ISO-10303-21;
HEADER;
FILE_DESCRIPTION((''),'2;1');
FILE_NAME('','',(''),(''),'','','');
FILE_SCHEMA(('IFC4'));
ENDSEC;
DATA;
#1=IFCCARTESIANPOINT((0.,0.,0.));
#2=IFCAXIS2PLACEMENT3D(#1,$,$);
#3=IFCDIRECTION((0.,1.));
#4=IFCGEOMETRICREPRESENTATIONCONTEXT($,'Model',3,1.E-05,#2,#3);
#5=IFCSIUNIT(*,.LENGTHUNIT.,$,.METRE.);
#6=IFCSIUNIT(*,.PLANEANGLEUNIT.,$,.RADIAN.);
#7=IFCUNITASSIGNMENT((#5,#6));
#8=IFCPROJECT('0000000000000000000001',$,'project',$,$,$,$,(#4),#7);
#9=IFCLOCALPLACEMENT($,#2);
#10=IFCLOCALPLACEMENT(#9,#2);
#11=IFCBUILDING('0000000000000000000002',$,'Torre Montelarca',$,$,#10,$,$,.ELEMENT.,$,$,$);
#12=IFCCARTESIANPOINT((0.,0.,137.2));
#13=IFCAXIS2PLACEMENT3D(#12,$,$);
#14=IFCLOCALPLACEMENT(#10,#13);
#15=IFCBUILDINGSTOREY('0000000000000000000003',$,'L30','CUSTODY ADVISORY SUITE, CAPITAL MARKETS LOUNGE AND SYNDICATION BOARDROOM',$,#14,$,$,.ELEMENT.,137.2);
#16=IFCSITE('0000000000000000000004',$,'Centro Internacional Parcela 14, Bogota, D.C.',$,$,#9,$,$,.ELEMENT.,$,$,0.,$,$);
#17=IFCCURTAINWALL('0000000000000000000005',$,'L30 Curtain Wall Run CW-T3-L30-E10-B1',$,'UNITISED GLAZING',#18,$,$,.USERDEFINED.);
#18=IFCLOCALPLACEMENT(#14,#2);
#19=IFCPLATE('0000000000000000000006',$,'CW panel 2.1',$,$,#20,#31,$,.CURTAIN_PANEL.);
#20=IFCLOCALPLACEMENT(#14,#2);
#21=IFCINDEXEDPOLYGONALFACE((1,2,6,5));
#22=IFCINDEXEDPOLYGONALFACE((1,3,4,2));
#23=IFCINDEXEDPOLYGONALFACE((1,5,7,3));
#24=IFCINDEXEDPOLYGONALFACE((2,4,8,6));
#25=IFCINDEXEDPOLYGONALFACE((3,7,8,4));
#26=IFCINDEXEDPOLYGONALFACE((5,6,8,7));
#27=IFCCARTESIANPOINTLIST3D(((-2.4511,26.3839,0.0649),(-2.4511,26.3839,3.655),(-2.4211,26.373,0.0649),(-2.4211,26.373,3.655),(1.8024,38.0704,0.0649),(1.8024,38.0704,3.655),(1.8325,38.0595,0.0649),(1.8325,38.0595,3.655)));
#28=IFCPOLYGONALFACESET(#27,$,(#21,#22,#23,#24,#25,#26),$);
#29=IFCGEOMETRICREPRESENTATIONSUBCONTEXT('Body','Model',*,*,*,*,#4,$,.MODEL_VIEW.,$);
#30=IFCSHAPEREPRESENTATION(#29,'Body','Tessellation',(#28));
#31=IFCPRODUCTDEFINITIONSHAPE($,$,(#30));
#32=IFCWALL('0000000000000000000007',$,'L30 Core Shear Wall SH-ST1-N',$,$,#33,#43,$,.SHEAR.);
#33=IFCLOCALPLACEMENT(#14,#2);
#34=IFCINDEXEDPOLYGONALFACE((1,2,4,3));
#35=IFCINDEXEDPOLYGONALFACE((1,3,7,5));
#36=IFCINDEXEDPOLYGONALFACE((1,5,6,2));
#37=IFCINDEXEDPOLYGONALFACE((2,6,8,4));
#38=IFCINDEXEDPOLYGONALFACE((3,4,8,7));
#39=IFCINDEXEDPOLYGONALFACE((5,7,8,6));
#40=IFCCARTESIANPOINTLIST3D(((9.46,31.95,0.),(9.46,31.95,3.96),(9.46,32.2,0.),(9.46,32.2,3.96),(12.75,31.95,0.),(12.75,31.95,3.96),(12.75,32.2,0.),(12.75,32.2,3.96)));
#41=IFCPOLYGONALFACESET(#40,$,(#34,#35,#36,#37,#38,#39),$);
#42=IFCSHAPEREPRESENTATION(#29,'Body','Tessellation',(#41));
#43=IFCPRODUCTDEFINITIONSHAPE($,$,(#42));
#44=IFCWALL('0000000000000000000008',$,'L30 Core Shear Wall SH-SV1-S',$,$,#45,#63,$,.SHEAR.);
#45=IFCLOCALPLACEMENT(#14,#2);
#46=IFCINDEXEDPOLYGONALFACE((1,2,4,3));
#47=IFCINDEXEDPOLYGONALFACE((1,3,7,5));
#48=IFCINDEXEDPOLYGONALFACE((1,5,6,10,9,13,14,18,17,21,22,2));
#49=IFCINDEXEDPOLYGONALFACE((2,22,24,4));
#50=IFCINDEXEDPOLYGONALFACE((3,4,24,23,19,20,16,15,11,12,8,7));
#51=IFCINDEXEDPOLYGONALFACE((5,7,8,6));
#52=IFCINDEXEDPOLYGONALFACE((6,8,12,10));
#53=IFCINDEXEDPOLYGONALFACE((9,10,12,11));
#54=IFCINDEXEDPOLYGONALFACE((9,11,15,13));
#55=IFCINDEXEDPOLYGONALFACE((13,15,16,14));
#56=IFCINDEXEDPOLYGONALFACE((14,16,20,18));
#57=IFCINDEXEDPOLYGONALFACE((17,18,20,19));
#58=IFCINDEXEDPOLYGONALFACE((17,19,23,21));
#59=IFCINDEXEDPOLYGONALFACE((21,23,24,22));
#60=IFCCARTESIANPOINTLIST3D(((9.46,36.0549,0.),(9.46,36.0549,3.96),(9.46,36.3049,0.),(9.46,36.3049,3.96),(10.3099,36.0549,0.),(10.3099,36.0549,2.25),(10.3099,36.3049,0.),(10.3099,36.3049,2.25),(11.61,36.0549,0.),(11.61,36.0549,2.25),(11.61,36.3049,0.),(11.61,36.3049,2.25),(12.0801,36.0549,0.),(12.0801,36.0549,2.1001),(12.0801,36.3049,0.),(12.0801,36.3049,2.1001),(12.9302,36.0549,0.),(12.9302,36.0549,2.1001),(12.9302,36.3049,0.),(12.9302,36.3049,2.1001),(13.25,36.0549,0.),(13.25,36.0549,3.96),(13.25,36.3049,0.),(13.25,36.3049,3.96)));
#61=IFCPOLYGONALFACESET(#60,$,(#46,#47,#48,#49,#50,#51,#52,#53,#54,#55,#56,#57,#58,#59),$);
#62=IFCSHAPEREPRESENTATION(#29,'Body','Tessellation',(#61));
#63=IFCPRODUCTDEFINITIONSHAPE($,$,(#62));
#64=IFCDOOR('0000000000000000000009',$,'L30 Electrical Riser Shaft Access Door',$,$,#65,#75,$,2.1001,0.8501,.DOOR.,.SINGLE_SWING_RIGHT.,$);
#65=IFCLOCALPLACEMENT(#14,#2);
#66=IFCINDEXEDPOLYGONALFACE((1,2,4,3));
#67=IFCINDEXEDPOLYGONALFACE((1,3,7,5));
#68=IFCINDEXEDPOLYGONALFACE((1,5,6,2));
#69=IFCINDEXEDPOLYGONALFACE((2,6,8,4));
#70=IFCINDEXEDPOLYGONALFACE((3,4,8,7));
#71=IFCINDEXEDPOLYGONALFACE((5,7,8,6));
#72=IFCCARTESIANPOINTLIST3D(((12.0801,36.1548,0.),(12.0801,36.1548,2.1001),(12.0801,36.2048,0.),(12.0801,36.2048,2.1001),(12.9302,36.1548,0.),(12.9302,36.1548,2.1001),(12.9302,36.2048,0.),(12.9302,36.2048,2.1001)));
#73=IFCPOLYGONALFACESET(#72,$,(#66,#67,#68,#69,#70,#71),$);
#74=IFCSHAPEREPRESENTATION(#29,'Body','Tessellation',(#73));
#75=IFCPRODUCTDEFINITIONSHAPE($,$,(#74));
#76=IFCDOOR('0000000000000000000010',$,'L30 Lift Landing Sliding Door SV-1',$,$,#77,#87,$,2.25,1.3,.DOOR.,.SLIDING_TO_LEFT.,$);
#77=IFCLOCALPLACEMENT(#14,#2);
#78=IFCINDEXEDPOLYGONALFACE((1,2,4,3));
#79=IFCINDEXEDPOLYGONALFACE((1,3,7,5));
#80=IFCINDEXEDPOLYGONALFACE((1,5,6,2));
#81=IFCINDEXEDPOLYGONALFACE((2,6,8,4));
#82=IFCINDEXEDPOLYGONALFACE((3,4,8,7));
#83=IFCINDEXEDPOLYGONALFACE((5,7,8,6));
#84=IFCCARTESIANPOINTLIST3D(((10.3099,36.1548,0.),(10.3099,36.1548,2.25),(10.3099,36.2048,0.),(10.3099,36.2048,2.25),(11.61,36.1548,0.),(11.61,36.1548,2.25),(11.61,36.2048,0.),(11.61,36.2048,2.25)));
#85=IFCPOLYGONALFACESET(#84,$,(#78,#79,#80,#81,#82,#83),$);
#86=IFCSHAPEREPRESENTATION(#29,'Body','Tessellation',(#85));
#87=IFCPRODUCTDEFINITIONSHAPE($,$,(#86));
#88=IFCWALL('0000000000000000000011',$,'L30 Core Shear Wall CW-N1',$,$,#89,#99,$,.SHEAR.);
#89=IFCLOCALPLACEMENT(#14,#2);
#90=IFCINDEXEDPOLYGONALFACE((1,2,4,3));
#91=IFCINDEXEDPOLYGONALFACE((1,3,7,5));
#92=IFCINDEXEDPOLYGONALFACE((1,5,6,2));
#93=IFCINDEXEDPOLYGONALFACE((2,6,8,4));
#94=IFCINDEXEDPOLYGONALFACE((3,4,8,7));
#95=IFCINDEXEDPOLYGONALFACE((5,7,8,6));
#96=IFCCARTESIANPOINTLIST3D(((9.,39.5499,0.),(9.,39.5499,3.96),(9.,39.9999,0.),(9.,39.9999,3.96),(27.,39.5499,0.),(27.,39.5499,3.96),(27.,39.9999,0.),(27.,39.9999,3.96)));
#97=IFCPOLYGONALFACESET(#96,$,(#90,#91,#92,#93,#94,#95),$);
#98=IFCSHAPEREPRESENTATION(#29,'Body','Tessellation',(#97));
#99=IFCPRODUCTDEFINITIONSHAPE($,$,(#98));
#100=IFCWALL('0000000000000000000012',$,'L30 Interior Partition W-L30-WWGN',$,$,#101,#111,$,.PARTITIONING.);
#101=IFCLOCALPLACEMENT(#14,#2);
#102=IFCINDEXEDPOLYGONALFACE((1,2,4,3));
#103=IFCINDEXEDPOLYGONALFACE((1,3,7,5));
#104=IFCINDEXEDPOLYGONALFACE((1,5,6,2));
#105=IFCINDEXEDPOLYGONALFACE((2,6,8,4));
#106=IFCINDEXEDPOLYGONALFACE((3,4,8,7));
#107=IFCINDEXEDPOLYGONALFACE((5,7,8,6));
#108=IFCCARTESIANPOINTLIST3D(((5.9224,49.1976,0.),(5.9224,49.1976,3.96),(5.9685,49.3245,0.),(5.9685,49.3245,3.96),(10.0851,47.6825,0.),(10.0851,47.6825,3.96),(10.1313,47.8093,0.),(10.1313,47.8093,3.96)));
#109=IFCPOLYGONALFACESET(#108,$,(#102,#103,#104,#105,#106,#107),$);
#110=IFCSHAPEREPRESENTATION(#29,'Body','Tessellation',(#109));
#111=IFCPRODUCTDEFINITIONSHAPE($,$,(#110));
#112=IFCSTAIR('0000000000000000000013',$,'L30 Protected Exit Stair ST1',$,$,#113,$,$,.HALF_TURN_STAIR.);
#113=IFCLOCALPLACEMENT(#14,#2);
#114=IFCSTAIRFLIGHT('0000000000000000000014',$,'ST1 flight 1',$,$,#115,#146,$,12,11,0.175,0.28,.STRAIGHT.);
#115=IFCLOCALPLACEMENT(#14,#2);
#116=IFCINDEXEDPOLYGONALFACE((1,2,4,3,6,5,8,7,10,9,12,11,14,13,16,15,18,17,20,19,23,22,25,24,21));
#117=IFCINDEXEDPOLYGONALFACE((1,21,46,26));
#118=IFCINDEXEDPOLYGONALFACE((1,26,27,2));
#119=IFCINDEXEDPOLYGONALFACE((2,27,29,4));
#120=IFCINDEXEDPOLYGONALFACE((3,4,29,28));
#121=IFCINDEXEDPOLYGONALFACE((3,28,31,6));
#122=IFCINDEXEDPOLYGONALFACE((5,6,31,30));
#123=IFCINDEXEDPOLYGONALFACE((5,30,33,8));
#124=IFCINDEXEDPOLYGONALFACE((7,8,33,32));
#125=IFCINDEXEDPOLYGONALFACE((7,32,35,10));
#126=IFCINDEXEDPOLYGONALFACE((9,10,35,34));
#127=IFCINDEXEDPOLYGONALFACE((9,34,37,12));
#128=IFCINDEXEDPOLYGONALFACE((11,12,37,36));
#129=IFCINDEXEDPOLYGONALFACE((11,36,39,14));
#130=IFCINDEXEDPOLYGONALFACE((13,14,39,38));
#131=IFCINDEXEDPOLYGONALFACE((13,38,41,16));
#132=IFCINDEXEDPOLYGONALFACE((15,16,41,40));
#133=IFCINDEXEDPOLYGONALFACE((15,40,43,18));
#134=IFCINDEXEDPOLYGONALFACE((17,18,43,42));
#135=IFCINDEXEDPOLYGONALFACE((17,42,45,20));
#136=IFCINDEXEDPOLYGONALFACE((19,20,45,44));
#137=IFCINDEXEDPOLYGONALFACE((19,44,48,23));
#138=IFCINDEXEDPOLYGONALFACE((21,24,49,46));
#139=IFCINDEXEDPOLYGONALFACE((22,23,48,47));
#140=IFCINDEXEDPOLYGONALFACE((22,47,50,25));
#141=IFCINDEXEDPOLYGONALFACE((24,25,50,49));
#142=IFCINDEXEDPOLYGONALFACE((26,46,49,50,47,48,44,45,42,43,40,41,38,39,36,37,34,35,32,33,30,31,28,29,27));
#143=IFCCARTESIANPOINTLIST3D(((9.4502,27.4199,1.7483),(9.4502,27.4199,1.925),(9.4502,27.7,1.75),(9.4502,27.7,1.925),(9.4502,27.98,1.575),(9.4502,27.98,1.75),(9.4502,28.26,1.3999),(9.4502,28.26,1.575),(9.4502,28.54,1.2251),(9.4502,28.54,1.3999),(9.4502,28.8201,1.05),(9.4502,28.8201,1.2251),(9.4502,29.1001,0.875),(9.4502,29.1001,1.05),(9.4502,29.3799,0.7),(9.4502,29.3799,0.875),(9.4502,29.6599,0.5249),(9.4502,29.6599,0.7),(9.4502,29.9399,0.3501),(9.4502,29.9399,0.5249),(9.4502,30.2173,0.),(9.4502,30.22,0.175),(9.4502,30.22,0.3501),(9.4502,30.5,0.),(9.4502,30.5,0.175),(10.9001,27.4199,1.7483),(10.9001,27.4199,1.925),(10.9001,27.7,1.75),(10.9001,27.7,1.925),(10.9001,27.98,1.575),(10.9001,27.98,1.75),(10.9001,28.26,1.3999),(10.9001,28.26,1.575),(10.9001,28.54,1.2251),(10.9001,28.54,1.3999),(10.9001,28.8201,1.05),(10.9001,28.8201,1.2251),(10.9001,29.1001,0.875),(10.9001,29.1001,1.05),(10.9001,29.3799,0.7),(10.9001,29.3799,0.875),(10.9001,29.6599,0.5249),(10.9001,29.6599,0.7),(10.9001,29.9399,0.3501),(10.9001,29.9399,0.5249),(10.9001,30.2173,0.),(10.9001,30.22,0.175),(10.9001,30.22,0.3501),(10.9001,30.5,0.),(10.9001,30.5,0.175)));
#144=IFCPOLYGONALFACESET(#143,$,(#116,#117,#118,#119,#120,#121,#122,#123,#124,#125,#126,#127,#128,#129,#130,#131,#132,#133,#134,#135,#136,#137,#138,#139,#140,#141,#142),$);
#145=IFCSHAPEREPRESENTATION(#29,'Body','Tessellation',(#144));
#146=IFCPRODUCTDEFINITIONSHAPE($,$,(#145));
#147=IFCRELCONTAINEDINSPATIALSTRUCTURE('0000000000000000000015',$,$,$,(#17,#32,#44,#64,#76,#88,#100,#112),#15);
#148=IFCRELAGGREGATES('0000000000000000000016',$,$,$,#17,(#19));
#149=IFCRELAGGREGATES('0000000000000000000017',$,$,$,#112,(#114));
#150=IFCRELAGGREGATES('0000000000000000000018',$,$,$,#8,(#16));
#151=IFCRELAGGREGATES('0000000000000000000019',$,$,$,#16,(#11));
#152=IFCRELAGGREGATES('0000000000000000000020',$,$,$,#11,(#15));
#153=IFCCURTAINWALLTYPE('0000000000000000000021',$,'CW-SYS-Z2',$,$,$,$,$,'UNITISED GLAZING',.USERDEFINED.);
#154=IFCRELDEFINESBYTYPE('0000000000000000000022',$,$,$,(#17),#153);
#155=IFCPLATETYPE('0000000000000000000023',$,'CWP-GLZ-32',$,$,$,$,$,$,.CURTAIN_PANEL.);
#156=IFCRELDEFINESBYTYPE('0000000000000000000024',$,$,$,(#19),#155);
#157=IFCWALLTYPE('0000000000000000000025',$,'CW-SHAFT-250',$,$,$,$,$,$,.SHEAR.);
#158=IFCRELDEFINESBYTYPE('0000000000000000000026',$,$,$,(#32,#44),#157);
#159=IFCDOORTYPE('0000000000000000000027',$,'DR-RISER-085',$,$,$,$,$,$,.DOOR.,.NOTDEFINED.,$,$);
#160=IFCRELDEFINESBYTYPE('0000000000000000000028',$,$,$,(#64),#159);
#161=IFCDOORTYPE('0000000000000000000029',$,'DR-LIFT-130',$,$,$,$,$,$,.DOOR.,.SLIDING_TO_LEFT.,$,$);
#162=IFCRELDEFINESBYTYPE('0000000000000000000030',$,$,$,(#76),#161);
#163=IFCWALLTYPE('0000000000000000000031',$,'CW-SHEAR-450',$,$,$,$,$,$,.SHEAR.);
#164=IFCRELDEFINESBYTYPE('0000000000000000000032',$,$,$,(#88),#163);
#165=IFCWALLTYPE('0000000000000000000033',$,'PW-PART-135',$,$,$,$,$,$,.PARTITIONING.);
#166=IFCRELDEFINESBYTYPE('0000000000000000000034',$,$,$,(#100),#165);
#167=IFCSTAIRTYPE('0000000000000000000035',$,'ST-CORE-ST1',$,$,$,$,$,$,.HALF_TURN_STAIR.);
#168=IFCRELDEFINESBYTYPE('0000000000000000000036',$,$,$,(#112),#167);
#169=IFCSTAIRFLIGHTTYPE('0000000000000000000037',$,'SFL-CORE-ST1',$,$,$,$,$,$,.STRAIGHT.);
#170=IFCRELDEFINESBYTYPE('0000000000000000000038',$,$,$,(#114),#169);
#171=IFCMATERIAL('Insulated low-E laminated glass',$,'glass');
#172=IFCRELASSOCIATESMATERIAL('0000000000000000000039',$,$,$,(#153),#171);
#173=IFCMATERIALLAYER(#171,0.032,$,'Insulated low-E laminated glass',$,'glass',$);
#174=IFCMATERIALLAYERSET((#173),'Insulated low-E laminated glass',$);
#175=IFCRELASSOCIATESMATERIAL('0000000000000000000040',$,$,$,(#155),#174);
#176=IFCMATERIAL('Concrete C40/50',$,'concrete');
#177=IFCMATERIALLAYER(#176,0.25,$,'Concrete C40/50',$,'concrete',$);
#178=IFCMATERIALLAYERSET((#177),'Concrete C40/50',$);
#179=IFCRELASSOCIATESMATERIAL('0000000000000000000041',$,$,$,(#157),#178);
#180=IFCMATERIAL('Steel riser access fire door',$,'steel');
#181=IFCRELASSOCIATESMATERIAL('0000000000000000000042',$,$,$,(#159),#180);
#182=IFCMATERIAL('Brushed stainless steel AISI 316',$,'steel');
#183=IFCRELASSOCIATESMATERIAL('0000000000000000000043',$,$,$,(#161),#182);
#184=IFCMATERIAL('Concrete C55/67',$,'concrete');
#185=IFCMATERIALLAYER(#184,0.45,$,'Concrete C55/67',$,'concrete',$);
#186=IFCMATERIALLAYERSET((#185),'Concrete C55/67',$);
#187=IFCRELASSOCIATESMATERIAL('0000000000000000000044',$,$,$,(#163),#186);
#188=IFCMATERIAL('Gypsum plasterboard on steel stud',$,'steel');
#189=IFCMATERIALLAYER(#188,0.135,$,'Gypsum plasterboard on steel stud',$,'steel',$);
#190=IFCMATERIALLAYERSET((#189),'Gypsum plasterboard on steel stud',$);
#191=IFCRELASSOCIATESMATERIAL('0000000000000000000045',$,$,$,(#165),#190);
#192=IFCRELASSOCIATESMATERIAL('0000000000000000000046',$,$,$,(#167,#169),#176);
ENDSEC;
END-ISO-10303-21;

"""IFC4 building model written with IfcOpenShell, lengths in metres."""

from ifc_helpers import new_model, si_unit, direction, frame, frame_2d, origin, origin_2d, place, context, subcontext, project, spatial, polyline, rectangle, outline, extrude, source, transform, mapped, material, layer, layer_set, type_object, element, fill, aggregate, save


model = new_model("IFC4")

# Units and contexts
model_context = context("Model", 3, precision=1e-05, world=origin(), true_north=direction((0.0, 1.0)))
body_context = subcontext(model_context, "Body", "Model", "MODEL_VIEW")
ifc_project = project(units=[si_unit("LENGTHUNIT", "METRE"), si_unit("PLANEANGLEUNIT", "RADIAN")], contexts=[model_context])

# Site, building, storey
site_placement = place(None, origin())
site = spatial("IfcSite", under=ifc_project, at=site_placement, Name="Centro Internacional Parcela 14, Bogota, D.C.", CompositionType="ELEMENT", RefElevation=0.0)
building_placement = place(site_placement, origin())
building = spatial("IfcBuilding", under=site, at=building_placement, Name="Torre Montelarca", CompositionType="ELEMENT")
storey_placement = place(building_placement, frame((0.0, 0.0, 137.2)))
storey = spatial("IfcBuildingStorey", under=building, at=storey_placement, Name="L30", Description="CUSTODY ADVISORY SUITE, CAPITAL MARKETS LOUNGE AND SYNDICATION BOARDROOM", CompositionType="ELEMENT", Elevation=137.2)

# Shared definitions
ifc_material_1 = material(Name="Concrete C55/67", Category="concrete")

# Curtain wall
ifc_material_2 = material(Name="Insulated low-E laminated glass", Category="glass")
curtain_wall_type = type_object("IfcCurtainWallType", Name="CW-SYS-Z2", ElementType="UNITISED GLAZING", PredefinedType="USERDEFINED", material=ifc_material_2)
curtain_wall_1_placement = place(storey_placement, origin())
curtain_wall_1 = element("IfcCurtainWall", 1, at=curtain_wall_1_placement, inside=storey, type_object=curtain_wall_type, Name="L30 Curtain Wall Run CW-T3-L30-E10-B1", ObjectType="UNITISED GLAZING", PredefinedType="USERDEFINED")

# Plate
ifc_layer_1 = layer(ifc_material_2, 0.032, Name="Insulated low-E laminated glass", Category="glass")
ifc_layer_set_1 = layer_set([ifc_layer_1], Name="Insulated low-E laminated glass")
plate_type_1 = type_object("IfcPlateType", Name="CWP-GLZ-32", PredefinedType="CURTAIN_PANEL", material=ifc_layer_set_1)
shared_shape_1 = source(origin(), body_context, "Body", "SweptSolid", [
    extrude(rectangle(XDim=12.4365, YDim=0.032, at=origin_2d()), origin(), (0.0, 0.0, 1.0), 3.5901),
])
plate_1_placement = place(storey_placement, frame((-0.3093, 32.2217, 0.0649), z_axis=(0.0, 0.0, 1.0), x_axis=(-0.342019, -0.939693, 0.0)))
plate_1 = element("IfcPlate", 2, at=plate_1_placement, type_object=plate_type_1, Name="CW panel 2.1", PredefinedType="CURTAIN_PANEL", context=body_context, shape_type="MappedRepresentation", body=[
    mapped(shared_shape_1, transform((0.0, 0.0, 0.0), scale=1.0)),
])
aggregate(curtain_wall_1, [plate_1])

# Wall
ifc_material_3 = material(Name="Concrete C40/50", Category="concrete")
ifc_layer_2 = layer(ifc_material_3, 0.25, Name="Concrete C40/50", Category="concrete")
ifc_layer_set_2 = layer_set([ifc_layer_2], Name="Concrete C40/50")
wall_type_1 = type_object("IfcWallType", Name="CW-SHAFT-250", PredefinedType="SHEAR", material=ifc_layer_set_2)
wall_1_placement = place(storey_placement, frame((9.46, 32.075, 0.0), z_axis=(0.0, 0.0, 1.0), x_axis=(1.0, 0.0, 0.0)))
element("IfcWall", 3, at=wall_1_placement, inside=storey, type_object=wall_type_1, Name="L30 Core Shear Wall SH-ST1-N", PredefinedType="SHEAR", context=body_context, shape_type="SweptSolid", body=[
    extrude(rectangle(XDim=3.29, YDim=0.25, at=frame_2d((1.645, 0.0))), origin(), (0.0, 0.0, 1.0), 3.96),
])

# Wall, openings, doors
wall_2_placement = place(storey_placement, frame((9.46, 36.1799, 0.0), z_axis=(0.0, 0.0, 1.0), x_axis=(1.0, 0.0, 0.0)))
wall_2 = element("IfcWall", 4, at=wall_2_placement, inside=storey, type_object=wall_type_1, Name="L30 Core Shear Wall SH-SV1-S", PredefinedType="SHEAR", context=body_context, shape_type="SweptSolid", body=[
    extrude(rectangle(XDim=3.79, YDim=0.25, at=frame_2d((1.895, 0.0))), origin(), (0.0, 0.0, 1.0), 3.96),
])
opening_1_placement = place(wall_2_placement, frame((2.6201, 0.0, 0.0)))
opening_1 = element("IfcOpeningElement", 5, at=opening_1_placement, cuts=wall_2, PredefinedType="OPENING", context=body_context, shape_type="SweptSolid", body=[
    extrude(rectangle(XDim=0.8501, YDim=2.1001, at=frame_2d((0.425, 1.05))), frame((0.0, 0.135, 0.0), z_axis=(0.0, -1.0, 0.0), x_axis=(1.0, 0.0, 0.0)), (0.0, 0.0, 1.0), 0.27),
])
opening_2_placement = place(wall_2_placement, frame((0.8501, 0.0, 0.0)))
opening_2 = element("IfcOpeningElement", 6, at=opening_2_placement, cuts=wall_2, PredefinedType="OPENING", context=body_context, shape_type="SweptSolid", body=[
    extrude(rectangle(XDim=1.3, YDim=2.25, at=frame_2d((0.6499, 1.125))), frame((0.0, 0.135, 0.0), z_axis=(0.0, -1.0, 0.0), x_axis=(1.0, 0.0, 0.0)), (0.0, 0.0, 1.0), 0.27),
])
ifc_material_4 = material(Name="Steel riser access fire door", Category="steel")
door_type_1 = type_object("IfcDoorType", Name="DR-RISER-085", OperationType="NOTDEFINED", PredefinedType="DOOR", material=ifc_material_4)
shared_shape_2 = source(origin(), body_context, "Body", "SweptSolid", [
    extrude(rectangle(XDim=0.8501, YDim=2.1001, at=frame_2d((0.425, 1.05))), frame((0.0, 0.0249, 0.0), z_axis=(0.0, -1.0, 0.0), x_axis=(1.0, 0.0, 0.0)), (0.0, 0.0, 1.0), 0.05),
])
door_1_placement = place(opening_1_placement, origin())
door_1 = element("IfcDoor", 7, at=door_1_placement, inside=storey, type_object=door_type_1, Name="L30 Electrical Riser Shaft Access Door", OperationType="SINGLE_SWING_RIGHT", OverallHeight=2.1001, OverallWidth=0.8501, PredefinedType="DOOR", context=body_context, shape_type="MappedRepresentation", body=[
    mapped(shared_shape_2, transform((0.0, 0.0, 0.0), scale=1.0)),
])
fill(opening_1, door_1)
ifc_material_5 = material(Name="Brushed stainless steel AISI 316", Category="steel")
door_type_2 = type_object("IfcDoorType", Name="DR-LIFT-130", OperationType="SLIDING_TO_LEFT", PredefinedType="DOOR", material=ifc_material_5)
shared_shape_3 = source(origin(), body_context, "Body", "SweptSolid", [
    extrude(rectangle(XDim=1.3, YDim=2.25, at=frame_2d((0.6499, 1.125))), frame((0.0, 0.0249, 0.0), z_axis=(0.0, -1.0, 0.0), x_axis=(1.0, 0.0, 0.0)), (0.0, 0.0, 1.0), 0.05),
])
door_2_placement = place(opening_2_placement, origin())
door_2 = element("IfcDoor", 8, at=door_2_placement, inside=storey, type_object=door_type_2, Name="L30 Lift Landing Sliding Door SV-1", OperationType="SLIDING_TO_LEFT", OverallHeight=2.25, OverallWidth=1.3, PredefinedType="DOOR", context=body_context, shape_type="MappedRepresentation", body=[
    mapped(shared_shape_3, transform((0.0, 0.0, 0.0), scale=1.0)),
])
fill(opening_2, door_2)

# Wall
ifc_layer_3 = layer(ifc_material_1, 0.45, Name="Concrete C55/67", Category="concrete")
ifc_layer_set_3 = layer_set([ifc_layer_3], Name="Concrete C55/67")
wall_type_2 = type_object("IfcWallType", Name="CW-SHEAR-450", PredefinedType="SHEAR", material=ifc_layer_set_3)
wall_3_placement = place(storey_placement, frame((9.0, 39.7749, 0.0), z_axis=(0.0, 0.0, 1.0), x_axis=(1.0, 0.0, 0.0)))
element("IfcWall", 9, at=wall_3_placement, inside=storey, type_object=wall_type_2, Name="L30 Core Shear Wall CW-N1", PredefinedType="SHEAR", context=body_context, shape_type="SweptSolid", body=[
    extrude(rectangle(XDim=18.0, YDim=0.45, at=frame_2d((9.0, 0.0))), origin(), (0.0, 0.0, 1.0), 3.96),
])

# Shared definitions
ifc_material_6 = material(Name="Gypsum plasterboard on steel stud", Category="steel")

# Wall
ifc_layer_4 = layer(ifc_material_6, 0.135, Name="Gypsum plasterboard on steel stud", Category="steel")
ifc_layer_set_4 = layer_set([ifc_layer_4], Name="Gypsum plasterboard on steel stud")
wall_type_3 = type_object("IfcWallType", Name="PW-PART-135", PredefinedType="PARTITIONING", material=ifc_layer_set_4)
wall_4_placement = place(storey_placement, frame((5.9456, 49.261, 0.0), z_axis=(0.0, 0.0, 1.0), x_axis=(0.939694, -0.342017, 0.0)))
element("IfcWall", 10, at=wall_4_placement, inside=storey, type_object=wall_type_3, Name="L30 Interior Partition W-L30-WWGN", PredefinedType="PARTITIONING", context=body_context, shape_type="SweptSolid", body=[
    extrude(rectangle(XDim=4.4299, YDim=0.135, at=frame_2d((2.2148, 0.0))), origin(), (0.0, 0.0, 1.0), 3.96),
])

# Stair, stair flight
stair_type = type_object("IfcStairType", Name="ST-CORE-ST1", PredefinedType="HALF_TURN_STAIR", material=ifc_material_3)
stair_placement = place(storey_placement, origin())
stair = element("IfcStair", 11, at=stair_placement, inside=storey, type_object=stair_type, Name="L30 Protected Exit Stair ST1", PredefinedType="HALF_TURN_STAIR")
stair_flight_type = type_object("IfcStairFlightType", Name="SFL-CORE-ST1", PredefinedType="STRAIGHT", material=ifc_material_3)
stair_flight_placement = place(storey_placement, frame((10.175, 30.5, 0.0), z_axis=(0.0, 0.0, 1.0), x_axis=(0.0, -1.0, 0.0)))
stair_flight = element("IfcStairFlight", 12, at=stair_flight_placement, type_object=stair_flight_type, Name="ST1 flight 1", NumberOfRisers=12, NumberOfTreads=11, PredefinedType="STRAIGHT", RiserHeight=0.175, TreadLength=0.28, context=body_context, shape_type="SweptSolid", body=[
    extrude(outline(polyline([(0.0, 0.0), (0.0, 0.175), (0.28, 0.175), (0.28, 0.3501), (0.5601, 0.3501), (0.5601, 0.5249), (0.8401, 0.5249), (0.8401, 0.7), (1.1201, 0.7), (1.1201, 0.875), (1.3999, 0.875), (1.3999, 1.05), (1.6799, 1.05), (1.6799, 1.2251), (1.96, 1.2251), (1.96, 1.3999), (2.24, 1.3999), (2.24, 1.575), (2.52, 1.575), (2.52, 1.75), (2.8, 1.75), (2.8, 1.925), (3.0801, 1.925), (3.0801, 2.1001), (3.0801, 1.7483), (0.2827, 0.0), (0.0, 0.0)])), frame((0.0, 0.7251, 0.0), z_axis=(0.0, -1.0, 0.0), x_axis=(1.0, 0.0, 0.0)), (0.0, 0.0, 1.0), 1.45),
])
aggregate(stair, [stair_flight])

save(model, "model.ifc")
